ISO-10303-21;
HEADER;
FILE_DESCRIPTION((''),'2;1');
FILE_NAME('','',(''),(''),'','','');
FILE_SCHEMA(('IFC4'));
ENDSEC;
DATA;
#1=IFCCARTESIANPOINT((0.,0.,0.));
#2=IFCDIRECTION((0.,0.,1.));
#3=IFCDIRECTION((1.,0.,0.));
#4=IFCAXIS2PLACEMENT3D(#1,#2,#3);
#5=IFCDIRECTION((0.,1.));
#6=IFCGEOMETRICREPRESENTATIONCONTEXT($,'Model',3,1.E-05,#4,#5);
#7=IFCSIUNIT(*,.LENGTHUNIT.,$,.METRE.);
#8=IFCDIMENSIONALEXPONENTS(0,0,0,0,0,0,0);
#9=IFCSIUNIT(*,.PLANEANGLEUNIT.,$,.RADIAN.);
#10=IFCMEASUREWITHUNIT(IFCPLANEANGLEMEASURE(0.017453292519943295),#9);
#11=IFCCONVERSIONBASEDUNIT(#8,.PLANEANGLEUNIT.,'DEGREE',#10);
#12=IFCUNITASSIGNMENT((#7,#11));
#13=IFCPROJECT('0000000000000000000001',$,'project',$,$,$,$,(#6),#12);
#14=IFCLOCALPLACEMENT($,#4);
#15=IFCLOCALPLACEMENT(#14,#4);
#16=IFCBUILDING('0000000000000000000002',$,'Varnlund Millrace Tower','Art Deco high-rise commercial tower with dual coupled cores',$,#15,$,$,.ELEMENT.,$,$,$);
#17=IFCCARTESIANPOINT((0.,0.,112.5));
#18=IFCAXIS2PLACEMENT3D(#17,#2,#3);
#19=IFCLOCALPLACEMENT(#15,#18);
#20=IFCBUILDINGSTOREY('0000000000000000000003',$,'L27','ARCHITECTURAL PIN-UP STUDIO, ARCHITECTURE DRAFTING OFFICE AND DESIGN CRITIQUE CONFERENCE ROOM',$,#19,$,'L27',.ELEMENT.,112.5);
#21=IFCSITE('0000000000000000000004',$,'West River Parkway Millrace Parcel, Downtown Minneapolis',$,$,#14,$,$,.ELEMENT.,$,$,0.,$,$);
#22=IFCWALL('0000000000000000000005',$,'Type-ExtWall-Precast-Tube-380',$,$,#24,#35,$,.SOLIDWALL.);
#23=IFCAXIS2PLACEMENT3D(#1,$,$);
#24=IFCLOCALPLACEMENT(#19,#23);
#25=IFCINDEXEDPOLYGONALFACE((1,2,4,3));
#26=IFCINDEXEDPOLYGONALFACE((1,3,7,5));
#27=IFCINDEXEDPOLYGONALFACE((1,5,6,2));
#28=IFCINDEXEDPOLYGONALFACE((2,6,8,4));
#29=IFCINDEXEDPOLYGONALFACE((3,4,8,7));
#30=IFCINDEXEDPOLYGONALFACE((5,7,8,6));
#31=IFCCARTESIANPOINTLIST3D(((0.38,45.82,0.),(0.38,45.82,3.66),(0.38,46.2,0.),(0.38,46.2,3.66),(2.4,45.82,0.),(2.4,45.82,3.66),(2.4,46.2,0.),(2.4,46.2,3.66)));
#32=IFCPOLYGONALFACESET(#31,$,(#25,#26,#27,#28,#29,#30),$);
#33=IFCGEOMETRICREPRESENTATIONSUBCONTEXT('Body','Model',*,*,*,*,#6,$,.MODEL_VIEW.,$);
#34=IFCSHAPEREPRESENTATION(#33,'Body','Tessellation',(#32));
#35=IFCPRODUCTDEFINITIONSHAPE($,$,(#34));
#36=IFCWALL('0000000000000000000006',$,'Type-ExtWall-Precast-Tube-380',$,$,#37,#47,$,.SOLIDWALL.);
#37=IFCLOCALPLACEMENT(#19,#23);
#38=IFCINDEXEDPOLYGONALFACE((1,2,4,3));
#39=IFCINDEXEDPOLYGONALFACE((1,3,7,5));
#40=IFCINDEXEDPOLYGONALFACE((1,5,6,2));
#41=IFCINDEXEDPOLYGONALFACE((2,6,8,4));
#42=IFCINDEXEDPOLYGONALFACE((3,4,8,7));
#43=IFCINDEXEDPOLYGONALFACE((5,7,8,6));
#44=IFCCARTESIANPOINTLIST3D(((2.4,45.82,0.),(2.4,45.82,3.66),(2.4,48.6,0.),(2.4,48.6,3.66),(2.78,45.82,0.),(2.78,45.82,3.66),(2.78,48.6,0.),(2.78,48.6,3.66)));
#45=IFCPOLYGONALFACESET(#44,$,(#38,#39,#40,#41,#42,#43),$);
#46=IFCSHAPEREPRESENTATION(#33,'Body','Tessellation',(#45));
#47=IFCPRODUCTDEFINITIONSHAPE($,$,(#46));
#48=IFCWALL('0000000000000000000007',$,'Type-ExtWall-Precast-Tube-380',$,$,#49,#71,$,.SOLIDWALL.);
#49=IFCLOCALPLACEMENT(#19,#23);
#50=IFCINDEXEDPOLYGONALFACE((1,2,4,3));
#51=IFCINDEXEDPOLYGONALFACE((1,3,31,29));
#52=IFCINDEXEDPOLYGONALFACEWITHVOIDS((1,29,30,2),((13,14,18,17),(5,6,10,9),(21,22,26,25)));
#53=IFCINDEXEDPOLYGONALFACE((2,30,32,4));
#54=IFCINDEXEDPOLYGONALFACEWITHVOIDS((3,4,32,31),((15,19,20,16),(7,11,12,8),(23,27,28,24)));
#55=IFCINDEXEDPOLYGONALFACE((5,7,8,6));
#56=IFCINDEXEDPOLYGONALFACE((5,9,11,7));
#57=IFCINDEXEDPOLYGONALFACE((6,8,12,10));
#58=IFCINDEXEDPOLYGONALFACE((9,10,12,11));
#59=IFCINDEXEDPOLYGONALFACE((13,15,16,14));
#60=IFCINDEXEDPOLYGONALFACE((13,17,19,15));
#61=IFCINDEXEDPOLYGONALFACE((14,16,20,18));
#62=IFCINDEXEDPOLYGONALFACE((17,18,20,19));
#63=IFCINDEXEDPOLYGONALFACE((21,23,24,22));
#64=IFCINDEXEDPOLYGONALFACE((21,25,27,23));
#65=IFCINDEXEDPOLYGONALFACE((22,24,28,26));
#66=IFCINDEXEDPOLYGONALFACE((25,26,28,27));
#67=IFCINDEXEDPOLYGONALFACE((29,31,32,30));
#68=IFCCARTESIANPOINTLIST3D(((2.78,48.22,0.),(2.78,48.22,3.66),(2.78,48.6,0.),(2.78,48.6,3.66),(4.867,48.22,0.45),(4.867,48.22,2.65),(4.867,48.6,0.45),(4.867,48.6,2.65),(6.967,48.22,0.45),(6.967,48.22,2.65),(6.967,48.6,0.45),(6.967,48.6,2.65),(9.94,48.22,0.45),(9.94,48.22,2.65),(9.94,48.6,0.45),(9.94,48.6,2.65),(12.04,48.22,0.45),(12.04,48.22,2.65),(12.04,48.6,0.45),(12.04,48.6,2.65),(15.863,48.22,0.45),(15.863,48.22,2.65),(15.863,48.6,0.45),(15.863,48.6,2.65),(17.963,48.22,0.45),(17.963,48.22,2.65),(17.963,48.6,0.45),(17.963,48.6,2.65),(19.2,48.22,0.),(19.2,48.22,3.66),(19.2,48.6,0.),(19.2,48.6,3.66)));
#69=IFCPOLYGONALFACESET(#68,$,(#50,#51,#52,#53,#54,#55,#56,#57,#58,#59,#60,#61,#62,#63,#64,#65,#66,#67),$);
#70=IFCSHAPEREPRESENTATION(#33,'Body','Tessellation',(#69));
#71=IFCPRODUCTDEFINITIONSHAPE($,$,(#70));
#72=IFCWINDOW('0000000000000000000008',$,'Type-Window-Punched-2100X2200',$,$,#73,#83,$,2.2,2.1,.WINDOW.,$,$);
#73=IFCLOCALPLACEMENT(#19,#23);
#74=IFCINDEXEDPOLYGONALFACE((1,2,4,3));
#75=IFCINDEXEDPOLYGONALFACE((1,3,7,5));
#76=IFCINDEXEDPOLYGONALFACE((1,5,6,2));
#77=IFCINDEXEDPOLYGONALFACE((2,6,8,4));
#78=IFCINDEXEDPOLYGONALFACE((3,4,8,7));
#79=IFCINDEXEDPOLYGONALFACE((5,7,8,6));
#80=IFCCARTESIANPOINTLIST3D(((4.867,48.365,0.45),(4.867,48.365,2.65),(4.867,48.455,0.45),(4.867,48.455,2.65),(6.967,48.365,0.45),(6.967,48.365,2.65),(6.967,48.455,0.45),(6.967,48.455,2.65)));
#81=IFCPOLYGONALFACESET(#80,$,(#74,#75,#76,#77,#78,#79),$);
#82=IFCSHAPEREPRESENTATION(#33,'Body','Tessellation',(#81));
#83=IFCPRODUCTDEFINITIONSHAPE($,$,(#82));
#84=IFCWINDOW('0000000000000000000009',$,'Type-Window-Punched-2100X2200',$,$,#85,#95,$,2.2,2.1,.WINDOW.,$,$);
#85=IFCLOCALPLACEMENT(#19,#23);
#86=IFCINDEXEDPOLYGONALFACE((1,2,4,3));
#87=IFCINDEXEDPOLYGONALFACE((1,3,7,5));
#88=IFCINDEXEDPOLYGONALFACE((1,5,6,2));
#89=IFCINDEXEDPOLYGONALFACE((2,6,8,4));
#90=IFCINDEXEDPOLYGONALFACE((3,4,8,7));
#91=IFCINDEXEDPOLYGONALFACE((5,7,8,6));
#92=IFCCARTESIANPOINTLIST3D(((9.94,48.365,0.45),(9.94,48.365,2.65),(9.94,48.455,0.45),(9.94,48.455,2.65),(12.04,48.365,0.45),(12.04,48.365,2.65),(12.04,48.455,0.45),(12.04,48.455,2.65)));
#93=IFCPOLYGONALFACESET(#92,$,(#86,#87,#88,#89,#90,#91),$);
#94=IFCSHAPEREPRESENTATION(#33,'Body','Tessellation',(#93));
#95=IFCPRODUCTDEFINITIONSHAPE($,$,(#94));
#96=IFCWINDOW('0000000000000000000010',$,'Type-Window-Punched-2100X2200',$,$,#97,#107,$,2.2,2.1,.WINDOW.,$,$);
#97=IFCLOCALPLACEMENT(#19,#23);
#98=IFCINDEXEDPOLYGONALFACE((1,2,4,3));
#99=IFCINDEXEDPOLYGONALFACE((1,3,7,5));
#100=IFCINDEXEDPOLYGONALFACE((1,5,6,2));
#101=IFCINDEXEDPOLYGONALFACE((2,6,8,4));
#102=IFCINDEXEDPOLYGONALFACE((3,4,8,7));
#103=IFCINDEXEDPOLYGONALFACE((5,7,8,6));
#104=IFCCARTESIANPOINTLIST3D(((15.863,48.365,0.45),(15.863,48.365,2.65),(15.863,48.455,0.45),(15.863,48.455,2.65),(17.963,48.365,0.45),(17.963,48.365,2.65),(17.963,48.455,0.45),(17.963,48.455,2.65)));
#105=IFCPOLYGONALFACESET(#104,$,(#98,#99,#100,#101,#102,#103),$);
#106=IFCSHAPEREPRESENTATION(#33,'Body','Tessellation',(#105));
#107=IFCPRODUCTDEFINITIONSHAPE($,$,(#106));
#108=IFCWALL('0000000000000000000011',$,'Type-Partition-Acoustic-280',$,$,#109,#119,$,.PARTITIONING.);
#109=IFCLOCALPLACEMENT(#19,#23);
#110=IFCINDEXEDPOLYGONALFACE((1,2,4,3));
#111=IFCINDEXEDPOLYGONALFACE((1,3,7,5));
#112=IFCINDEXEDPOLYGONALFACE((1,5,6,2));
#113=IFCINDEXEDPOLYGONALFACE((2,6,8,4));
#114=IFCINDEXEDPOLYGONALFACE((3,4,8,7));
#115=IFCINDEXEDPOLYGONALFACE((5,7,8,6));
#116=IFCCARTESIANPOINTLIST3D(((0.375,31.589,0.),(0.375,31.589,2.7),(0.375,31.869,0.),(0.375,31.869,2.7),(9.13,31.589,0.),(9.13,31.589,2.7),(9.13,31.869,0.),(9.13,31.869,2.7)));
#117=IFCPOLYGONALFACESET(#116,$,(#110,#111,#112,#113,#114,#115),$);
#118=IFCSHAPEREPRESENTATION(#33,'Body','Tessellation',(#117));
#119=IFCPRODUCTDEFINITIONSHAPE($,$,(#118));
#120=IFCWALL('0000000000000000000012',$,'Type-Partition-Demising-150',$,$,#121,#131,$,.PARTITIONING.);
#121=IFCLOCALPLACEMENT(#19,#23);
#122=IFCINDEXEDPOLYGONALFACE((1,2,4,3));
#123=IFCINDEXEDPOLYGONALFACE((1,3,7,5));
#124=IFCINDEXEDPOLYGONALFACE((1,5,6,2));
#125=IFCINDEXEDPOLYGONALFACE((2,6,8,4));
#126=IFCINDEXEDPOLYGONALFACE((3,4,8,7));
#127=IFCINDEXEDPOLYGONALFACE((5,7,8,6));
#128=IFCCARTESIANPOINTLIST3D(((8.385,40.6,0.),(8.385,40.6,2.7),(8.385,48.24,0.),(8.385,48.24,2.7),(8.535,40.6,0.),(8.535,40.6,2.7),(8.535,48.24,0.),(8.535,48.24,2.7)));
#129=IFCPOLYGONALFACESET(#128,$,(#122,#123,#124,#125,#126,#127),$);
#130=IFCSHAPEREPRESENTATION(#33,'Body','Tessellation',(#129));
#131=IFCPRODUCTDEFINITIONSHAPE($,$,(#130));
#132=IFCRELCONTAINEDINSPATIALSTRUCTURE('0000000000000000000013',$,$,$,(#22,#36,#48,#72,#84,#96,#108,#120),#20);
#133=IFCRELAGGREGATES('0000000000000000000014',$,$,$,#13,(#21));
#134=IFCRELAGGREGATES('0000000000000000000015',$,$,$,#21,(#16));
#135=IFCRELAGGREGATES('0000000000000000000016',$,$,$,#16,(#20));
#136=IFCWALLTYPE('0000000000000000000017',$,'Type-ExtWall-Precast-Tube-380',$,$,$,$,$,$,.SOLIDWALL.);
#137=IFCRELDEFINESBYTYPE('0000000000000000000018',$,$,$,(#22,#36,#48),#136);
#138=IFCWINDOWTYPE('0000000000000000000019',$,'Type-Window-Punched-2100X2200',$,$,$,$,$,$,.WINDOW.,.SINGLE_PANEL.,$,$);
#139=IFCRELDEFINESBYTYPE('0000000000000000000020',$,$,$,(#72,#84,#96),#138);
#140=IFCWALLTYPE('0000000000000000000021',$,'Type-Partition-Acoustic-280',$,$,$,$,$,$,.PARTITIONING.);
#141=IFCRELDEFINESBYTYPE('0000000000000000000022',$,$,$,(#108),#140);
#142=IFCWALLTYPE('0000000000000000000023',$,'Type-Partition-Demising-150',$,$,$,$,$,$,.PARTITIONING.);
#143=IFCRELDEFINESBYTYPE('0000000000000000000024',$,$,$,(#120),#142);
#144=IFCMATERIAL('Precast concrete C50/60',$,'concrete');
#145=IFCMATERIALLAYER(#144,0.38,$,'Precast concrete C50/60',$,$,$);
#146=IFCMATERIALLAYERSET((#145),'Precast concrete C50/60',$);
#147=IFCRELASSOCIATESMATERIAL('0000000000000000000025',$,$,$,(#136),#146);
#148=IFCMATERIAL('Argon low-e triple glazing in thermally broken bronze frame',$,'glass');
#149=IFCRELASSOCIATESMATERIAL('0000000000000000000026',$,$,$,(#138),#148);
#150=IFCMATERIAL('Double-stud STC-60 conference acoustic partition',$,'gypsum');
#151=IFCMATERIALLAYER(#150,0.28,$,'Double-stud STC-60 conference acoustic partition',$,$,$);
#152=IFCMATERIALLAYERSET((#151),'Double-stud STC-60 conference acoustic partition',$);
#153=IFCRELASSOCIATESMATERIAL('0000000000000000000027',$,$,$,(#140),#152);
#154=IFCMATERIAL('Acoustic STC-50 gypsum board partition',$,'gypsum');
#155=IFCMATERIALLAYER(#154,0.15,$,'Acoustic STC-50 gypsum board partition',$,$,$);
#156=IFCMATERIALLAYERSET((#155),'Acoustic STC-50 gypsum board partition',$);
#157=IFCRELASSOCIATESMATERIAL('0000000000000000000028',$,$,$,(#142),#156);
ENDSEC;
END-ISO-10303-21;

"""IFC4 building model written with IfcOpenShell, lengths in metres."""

from ifc_helpers import new_model, entity, si_unit, converted_unit, direction, frame, origin_with_axes, origin_2d_with_axis, place, context, subcontext, project, spatial, polyline, rectangle, outline, extrude, material, layer, layer_set, type_object, element, fill, save


model = new_model("IFC4")

# Units and contexts
model_context = context("Model", 3, precision=1e-05, world=origin_with_axes(), true_north=direction((0.0, 1.0)))
body_context = subcontext(model_context, "Body", "Model", "MODEL_VIEW")
ifc_project = project(units=[si_unit("LENGTHUNIT", "METRE"), converted_unit("PLANEANGLEUNIT", "DEGREE", entity("IfcPlaneAngleMeasure", 0.017453292519943295), si_unit("PLANEANGLEUNIT", "RADIAN"), dimensions=[0, 0, 0, 0, 0, 0, 0])], contexts=[model_context])

# Site, building, storey
site_placement = place(None, origin_with_axes())
site = spatial("IfcSite", under=ifc_project, at=site_placement, Name="West River Parkway Millrace Parcel, Downtown Minneapolis", CompositionType="ELEMENT", RefElevation=0.0)
building_placement = place(site_placement, origin_with_axes())
building = spatial("IfcBuilding", under=site, at=building_placement, Name="Varnlund Millrace Tower", Description="Art Deco high-rise commercial tower with dual coupled cores", CompositionType="ELEMENT")
storey_placement = place(building_placement, frame((0.0, 0.0, 112.5), z_axis=(0.0, 0.0, 1.0), x_axis=(1.0, 0.0, 0.0)))
storey = spatial("IfcBuildingStorey", under=building, at=storey_placement, Name="L27", Description="ARCHITECTURAL PIN-UP STUDIO, ARCHITECTURE DRAFTING OFFICE AND DESIGN CRITIQUE CONFERENCE ROOM", LongName="L27", CompositionType="ELEMENT", Elevation=112.5)

# Walls
ifc_material_1 = material(Name="Precast concrete C50/60", Category="concrete")
ifc_layer_1 = layer(ifc_material_1, 0.38, Name="Precast concrete C50/60")
ifc_layer_set_1 = layer_set([ifc_layer_1], Name="Precast concrete C50/60")
wall_type_1 = type_object("IfcWallType", Name="Type-ExtWall-Precast-Tube-380", PredefinedType="SOLIDWALL", material=ifc_layer_set_1)
wall_1_placement = place(storey_placement, frame((0.38, 46.01, 0.0), z_axis=(0.0, 0.0, 1.0), x_axis=(1.0, 0.0, 0.0)))
element("IfcWall", 1, at=wall_1_placement, inside=storey, type_object=wall_type_1, Name="Type-ExtWall-Precast-Tube-380", PredefinedType="SOLIDWALL", context=body_context, shape_type="SweptSolid", body=[
    extrude(outline(polyline([(0.0, -0.19), (2.02, -0.19), (2.02, 0.19), (0.0, 0.19), (0.0, -0.19)])), origin_with_axes(), (0.0, 0.0, 1.0), 3.66),
])
wall_2_placement = place(storey_placement, frame((2.59, 45.82, 0.0), z_axis=(0.0, 0.0, 1.0), x_axis=(0.0, 1.0, 0.0)))
element("IfcWall", 2, at=wall_2_placement, inside=storey, type_object=wall_type_1, Name="Type-ExtWall-Precast-Tube-380", PredefinedType="SOLIDWALL", context=body_context, shape_type="SweptSolid", body=[
    extrude(outline(polyline([(0.0, -0.19), (2.78, -0.19), (2.78, 0.19), (0.0, 0.19), (0.0, -0.19)])), origin_with_axes(), (0.0, 0.0, 1.0), 3.66),
])

# Wall, openings, windows
wall_3_placement = place(storey_placement, frame((2.78, 48.41, 0.0), z_axis=(0.0, 0.0, 1.0), x_axis=(1.0, 0.0, 0.0)))
wall_3 = element("IfcWall", 3, at=wall_3_placement, inside=storey, type_object=wall_type_1, Name="Type-ExtWall-Precast-Tube-380", PredefinedType="SOLIDWALL", context=body_context, shape_type="SweptSolid", body=[
    extrude(outline(polyline([(0.0, -0.19), (16.42, -0.19), (16.42, 0.19), (0.0, 0.19), (0.0, -0.19)])), origin_with_axes(), (0.0, 0.0, 1.0), 3.66),
])
opening_1_placement = place(wall_3_placement, frame((3.137, 0.0, 0.45), z_axis=(0.0, 0.0, 1.0), x_axis=(1.0, 0.0, 0.0)))
opening_1 = element("IfcOpeningElement", 4, at=opening_1_placement, cuts=wall_3, PredefinedType="OPENING", context=body_context, shape_type="SweptSolid", body=[
    extrude(rectangle(XDim=2.1, YDim=0.4, at=origin_2d_with_axis()), origin_with_axes(), (0.0, 0.0, 1.0), 2.2),
])
opening_2_placement = place(wall_3_placement, frame((8.21, 0.0, 0.45), z_axis=(0.0, 0.0, 1.0), x_axis=(1.0, 0.0, 0.0)))
opening_2 = element("IfcOpeningElement", 5, at=opening_2_placement, cuts=wall_3, PredefinedType="OPENING", context=body_context, shape_type="SweptSolid", body=[
    extrude(rectangle(XDim=2.1, YDim=0.4, at=origin_2d_with_axis()), origin_with_axes(), (0.0, 0.0, 1.0), 2.2),
])
opening_3_placement = place(wall_3_placement, frame((14.133, 0.0, 0.45), z_axis=(0.0, 0.0, 1.0), x_axis=(1.0, 0.0, 0.0)))
opening_3 = element("IfcOpeningElement", 6, at=opening_3_placement, cuts=wall_3, PredefinedType="OPENING", context=body_context, shape_type="SweptSolid", body=[
    extrude(rectangle(XDim=2.1, YDim=0.4, at=origin_2d_with_axis()), origin_with_axes(), (0.0, 0.0, 1.0), 2.2),
])
ifc_material_2 = material(Name="Argon low-e triple glazing in thermally broken bronze frame", Category="glass")
window_type = type_object("IfcWindowType", Name="Type-Window-Punched-2100X2200", PartitioningType="SINGLE_PANEL", PredefinedType="WINDOW", material=ifc_material_2)
window_1_placement = place(wall_3_placement, frame((3.137, 0.0, 0.45), z_axis=(0.0, 0.0, 1.0), x_axis=(1.0, 0.0, 0.0)))
window_1 = element("IfcWindow", 7, at=window_1_placement, inside=storey, type_object=window_type, Name="Type-Window-Punched-2100X2200", OverallHeight=2.2, OverallWidth=2.1, PredefinedType="WINDOW", context=body_context, shape_type="SweptSolid", body=[
    extrude(rectangle(XDim=2.1, YDim=0.09, at=origin_2d_with_axis()), origin_with_axes(), (0.0, 0.0, 1.0), 2.2),
])
fill(opening_1, window_1)
window_2_placement = place(wall_3_placement, frame((8.21, 0.0, 0.45), z_axis=(0.0, 0.0, 1.0), x_axis=(1.0, 0.0, 0.0)))
window_2 = element("IfcWindow", 8, at=window_2_placement, inside=storey, type_object=window_type, Name="Type-Window-Punched-2100X2200", OverallHeight=2.2, OverallWidth=2.1, PredefinedType="WINDOW", context=body_context, shape_type="SweptSolid", body=[
    extrude(rectangle(XDim=2.1, YDim=0.09, at=origin_2d_with_axis()), origin_with_axes(), (0.0, 0.0, 1.0), 2.2),
])
fill(opening_2, window_2)
window_3_placement = place(wall_3_placement, frame((14.133, 0.0, 0.45), z_axis=(0.0, 0.0, 1.0), x_axis=(1.0, 0.0, 0.0)))
window_3 = element("IfcWindow", 9, at=window_3_placement, inside=storey, type_object=window_type, Name="Type-Window-Punched-2100X2200", OverallHeight=2.2, OverallWidth=2.1, PredefinedType="WINDOW", context=body_context, shape_type="SweptSolid", body=[
    extrude(rectangle(XDim=2.1, YDim=0.09, at=origin_2d_with_axis()), origin_with_axes(), (0.0, 0.0, 1.0), 2.2),
])
fill(opening_3, window_3)

# Walls
ifc_material_3 = material(Name="Double-stud STC-60 conference acoustic partition", Category="gypsum")
ifc_layer_2 = layer(ifc_material_3, 0.28, Name="Double-stud STC-60 conference acoustic partition")
ifc_layer_set_2 = layer_set([ifc_layer_2], Name="Double-stud STC-60 conference acoustic partition")
wall_type_2 = type_object("IfcWallType", Name="Type-Partition-Acoustic-280", PredefinedType="PARTITIONING", material=ifc_layer_set_2)
wall_4_placement = place(storey_placement, frame((0.375, 31.729, 0.0), z_axis=(0.0, 0.0, 1.0), x_axis=(1.0, 0.0, 0.0)))
element("IfcWall", 10, at=wall_4_placement, inside=storey, type_object=wall_type_2, Name="Type-Partition-Acoustic-280", PredefinedType="PARTITIONING", context=body_context, shape_type="SweptSolid", body=[
    extrude(outline(polyline([(0.0, -0.14), (8.755, -0.14), (8.755, 0.14), (0.0, 0.14), (0.0, -0.14)])), origin_with_axes(), (0.0, 0.0, 1.0), 2.7),
])
ifc_material_4 = material(Name="Acoustic STC-50 gypsum board partition", Category="gypsum")
ifc_layer_3 = layer(ifc_material_4, 0.15, Name="Acoustic STC-50 gypsum board partition")
ifc_layer_set_3 = layer_set([ifc_layer_3], Name="Acoustic STC-50 gypsum board partition")
wall_type_3 = type_object("IfcWallType", Name="Type-Partition-Demising-150", PredefinedType="PARTITIONING", material=ifc_layer_set_3)
wall_5_placement = place(storey_placement, frame((8.46, 40.6, 0.0), z_axis=(0.0, 0.0, 1.0), x_axis=(0.0, 1.0, 0.0)))
element("IfcWall", 11, at=wall_5_placement, inside=storey, type_object=wall_type_3, Name="Type-Partition-Demising-150", PredefinedType="PARTITIONING", context=body_context, shape_type="SweptSolid", body=[
    extrude(outline(polyline([(0.0, -0.075), (7.64, -0.075), (7.64, 0.075), (0.0, 0.075), (0.0, -0.075)])), origin_with_axes(), (0.0, 0.0, 1.0), 2.7),
])

save(model, "model.ifc")
